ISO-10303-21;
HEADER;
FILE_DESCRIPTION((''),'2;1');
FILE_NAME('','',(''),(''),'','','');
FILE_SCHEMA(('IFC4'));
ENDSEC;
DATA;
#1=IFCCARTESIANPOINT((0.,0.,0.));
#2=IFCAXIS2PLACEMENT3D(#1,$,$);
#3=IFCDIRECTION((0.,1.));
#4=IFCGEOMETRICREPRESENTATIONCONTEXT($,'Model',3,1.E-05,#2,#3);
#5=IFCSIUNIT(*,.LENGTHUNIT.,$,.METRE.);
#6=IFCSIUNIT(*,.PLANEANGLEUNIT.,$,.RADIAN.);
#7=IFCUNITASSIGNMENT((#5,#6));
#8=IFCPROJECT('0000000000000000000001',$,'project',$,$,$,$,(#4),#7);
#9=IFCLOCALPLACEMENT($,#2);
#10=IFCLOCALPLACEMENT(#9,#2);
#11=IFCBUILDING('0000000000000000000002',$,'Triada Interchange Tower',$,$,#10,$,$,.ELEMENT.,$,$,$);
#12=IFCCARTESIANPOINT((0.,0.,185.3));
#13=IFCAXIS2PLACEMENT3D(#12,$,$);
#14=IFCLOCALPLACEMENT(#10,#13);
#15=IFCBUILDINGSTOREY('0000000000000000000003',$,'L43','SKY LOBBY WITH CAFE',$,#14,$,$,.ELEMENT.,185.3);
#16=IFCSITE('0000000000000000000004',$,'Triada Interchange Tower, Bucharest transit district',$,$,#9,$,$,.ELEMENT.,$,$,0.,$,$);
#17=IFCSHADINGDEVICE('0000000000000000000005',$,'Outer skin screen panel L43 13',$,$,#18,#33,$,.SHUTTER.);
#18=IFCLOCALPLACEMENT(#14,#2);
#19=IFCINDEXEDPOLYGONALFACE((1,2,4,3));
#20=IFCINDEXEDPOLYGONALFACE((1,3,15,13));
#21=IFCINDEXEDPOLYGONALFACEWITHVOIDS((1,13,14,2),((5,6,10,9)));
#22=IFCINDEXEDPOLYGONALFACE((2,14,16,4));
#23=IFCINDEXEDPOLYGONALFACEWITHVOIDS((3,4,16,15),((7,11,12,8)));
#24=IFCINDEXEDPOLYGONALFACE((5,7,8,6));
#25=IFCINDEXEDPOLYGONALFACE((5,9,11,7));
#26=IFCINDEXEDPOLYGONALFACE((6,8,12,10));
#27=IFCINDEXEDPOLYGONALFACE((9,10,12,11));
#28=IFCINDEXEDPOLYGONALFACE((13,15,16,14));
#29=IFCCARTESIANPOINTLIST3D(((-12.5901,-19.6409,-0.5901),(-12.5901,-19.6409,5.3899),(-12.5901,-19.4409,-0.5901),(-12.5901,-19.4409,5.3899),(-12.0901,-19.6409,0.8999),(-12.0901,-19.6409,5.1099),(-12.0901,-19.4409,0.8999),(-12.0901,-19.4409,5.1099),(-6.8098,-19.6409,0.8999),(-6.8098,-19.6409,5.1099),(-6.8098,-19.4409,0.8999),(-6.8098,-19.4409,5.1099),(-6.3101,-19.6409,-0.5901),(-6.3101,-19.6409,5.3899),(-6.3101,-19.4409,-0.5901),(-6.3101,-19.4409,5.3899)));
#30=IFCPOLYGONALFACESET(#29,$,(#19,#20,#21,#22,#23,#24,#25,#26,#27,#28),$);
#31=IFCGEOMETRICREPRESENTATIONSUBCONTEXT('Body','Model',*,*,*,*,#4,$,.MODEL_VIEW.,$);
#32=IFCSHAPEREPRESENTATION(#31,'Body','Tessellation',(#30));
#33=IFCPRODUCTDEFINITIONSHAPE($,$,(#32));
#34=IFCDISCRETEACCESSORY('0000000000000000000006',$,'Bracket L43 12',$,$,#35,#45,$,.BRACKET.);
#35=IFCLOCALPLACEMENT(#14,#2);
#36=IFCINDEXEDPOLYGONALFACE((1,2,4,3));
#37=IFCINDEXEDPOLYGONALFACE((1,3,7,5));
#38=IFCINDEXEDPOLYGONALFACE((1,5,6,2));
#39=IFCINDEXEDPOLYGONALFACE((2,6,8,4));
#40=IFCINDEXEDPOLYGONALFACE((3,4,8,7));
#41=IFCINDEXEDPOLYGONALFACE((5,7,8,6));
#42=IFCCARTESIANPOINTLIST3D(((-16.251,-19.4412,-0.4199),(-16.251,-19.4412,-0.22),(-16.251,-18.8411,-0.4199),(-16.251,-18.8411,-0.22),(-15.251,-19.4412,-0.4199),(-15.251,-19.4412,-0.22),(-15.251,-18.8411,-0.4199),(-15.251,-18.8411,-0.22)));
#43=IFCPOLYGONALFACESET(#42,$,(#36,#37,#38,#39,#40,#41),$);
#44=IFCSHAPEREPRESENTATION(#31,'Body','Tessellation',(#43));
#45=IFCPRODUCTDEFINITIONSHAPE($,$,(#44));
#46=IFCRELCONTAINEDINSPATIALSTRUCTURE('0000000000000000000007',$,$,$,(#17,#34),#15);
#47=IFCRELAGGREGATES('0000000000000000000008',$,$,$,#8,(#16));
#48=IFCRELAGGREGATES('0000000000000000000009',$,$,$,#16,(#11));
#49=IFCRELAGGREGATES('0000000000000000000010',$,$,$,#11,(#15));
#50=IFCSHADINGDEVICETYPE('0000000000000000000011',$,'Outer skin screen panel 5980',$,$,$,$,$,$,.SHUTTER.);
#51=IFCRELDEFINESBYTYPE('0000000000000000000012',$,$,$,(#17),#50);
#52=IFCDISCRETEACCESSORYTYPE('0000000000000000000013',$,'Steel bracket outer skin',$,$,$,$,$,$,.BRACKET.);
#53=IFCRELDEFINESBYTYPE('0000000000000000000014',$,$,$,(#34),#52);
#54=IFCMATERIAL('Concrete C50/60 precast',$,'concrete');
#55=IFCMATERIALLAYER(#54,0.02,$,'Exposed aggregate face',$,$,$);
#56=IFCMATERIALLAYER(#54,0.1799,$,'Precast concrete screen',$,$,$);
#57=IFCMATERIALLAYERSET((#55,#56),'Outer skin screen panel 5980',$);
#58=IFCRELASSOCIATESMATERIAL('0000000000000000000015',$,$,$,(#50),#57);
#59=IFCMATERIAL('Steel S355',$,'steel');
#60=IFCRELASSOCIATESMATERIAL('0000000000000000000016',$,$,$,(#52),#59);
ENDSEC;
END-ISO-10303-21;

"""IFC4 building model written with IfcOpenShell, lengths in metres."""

from ifc_helpers import new_model, si_unit, direction, frame, origin, origin_2d, place, context, subcontext, project, spatial, polyline, rectangle, outline, extrude, material, layer, layer_set, type_object, element, save


model = new_model("IFC4")

# Units and contexts
model_context = context("Model", 3, precision=1e-05, world=origin(), true_north=direction((0.0, 1.0)))
body_context = subcontext(model_context, "Body", "Model", "MODEL_VIEW")
ifc_project = project(units=[si_unit("LENGTHUNIT", "METRE"), si_unit("PLANEANGLEUNIT", "RADIAN")], contexts=[model_context])

# Site, building, storey
site_placement = place(None, origin())
site = spatial("IfcSite", under=ifc_project, at=site_placement, Name="Triada Interchange Tower, Bucharest transit district", CompositionType="ELEMENT", RefElevation=0.0)
building_placement = place(site_placement, origin())
building = spatial("IfcBuilding", under=site, at=building_placement, Name="Triada Interchange Tower", CompositionType="ELEMENT")
storey_placement = place(building_placement, frame((0.0, 0.0, 185.3)))
storey = spatial("IfcBuildingStorey", under=building, at=storey_placement, Name="L43", Description="SKY LOBBY WITH CAFE", CompositionType="ELEMENT", Elevation=185.3)

# Shading device
ifc_material_1 = material(Name="Concrete C50/60 precast", Category="concrete")
ifc_layer_1 = layer(ifc_material_1, 0.02, Name="Exposed aggregate face")
ifc_layer_2 = layer(ifc_material_1, 0.1799, Name="Precast concrete screen")
ifc_layer_set_1 = layer_set([ifc_layer_1, ifc_layer_2], Name="Outer skin screen panel 5980")
shading_device_type = type_object("IfcShadingDeviceType", Name="Outer skin screen panel 5980", PredefinedType="SHUTTER", material=ifc_layer_set_1)
shading_device_1_placement = place(storey_placement, frame((-12.5901, -19.4409, -0.5901), z_axis=(0.0, 0.0, 1.0), x_axis=(1.0, 0.0, 0.0)))
element("IfcShadingDevice", 1, at=shading_device_1_placement, inside=storey, type_object=shading_device_type, Name="Outer skin screen panel L43 13", PredefinedType="SHUTTER", context=body_context, shape_type="SweptSolid", body=[
    extrude(outline(polyline([(0.0, 0.0), (6.28, 0.0), (6.28, 5.98), (0.0, 5.98), (0.0, 0.0)]), holes=[polyline([(0.5, 1.49), (0.5, 5.7), (5.7803, 5.7), (5.7803, 1.49), (0.5, 1.49)])]), frame((0.0, 0.0, 0.0), z_axis=(0.0, -1.0, 0.0), x_axis=(1.0, 0.0, 0.0)), (0.0, 0.0, 1.0), 0.2),
])

# Discrete accessory
ifc_material_2 = material(Name="Steel S355", Category="steel")
discrete_accessory_type = type_object("IfcDiscreteAccessoryType", Name="Steel bracket outer skin", PredefinedType="BRACKET", material=ifc_material_2)
discrete_accessory_placement = place(storey_placement, frame((-15.751, -19.1411, -0.4199), z_axis=(0.0, 0.0, 1.0), x_axis=(0.0, -1.0, 0.0)))
element("IfcDiscreteAccessory", 2, at=discrete_accessory_placement, inside=storey, type_object=discrete_accessory_type, Name="Bracket L43 12", PredefinedType="BRACKET", context=body_context, shape_type="SweptSolid", body=[
    extrude(rectangle(XDim=0.6001, YDim=1.0, at=origin_2d()), origin(), (0.0, 0.0, 1.0), 0.2),
])

save(model, "model.ifc")
